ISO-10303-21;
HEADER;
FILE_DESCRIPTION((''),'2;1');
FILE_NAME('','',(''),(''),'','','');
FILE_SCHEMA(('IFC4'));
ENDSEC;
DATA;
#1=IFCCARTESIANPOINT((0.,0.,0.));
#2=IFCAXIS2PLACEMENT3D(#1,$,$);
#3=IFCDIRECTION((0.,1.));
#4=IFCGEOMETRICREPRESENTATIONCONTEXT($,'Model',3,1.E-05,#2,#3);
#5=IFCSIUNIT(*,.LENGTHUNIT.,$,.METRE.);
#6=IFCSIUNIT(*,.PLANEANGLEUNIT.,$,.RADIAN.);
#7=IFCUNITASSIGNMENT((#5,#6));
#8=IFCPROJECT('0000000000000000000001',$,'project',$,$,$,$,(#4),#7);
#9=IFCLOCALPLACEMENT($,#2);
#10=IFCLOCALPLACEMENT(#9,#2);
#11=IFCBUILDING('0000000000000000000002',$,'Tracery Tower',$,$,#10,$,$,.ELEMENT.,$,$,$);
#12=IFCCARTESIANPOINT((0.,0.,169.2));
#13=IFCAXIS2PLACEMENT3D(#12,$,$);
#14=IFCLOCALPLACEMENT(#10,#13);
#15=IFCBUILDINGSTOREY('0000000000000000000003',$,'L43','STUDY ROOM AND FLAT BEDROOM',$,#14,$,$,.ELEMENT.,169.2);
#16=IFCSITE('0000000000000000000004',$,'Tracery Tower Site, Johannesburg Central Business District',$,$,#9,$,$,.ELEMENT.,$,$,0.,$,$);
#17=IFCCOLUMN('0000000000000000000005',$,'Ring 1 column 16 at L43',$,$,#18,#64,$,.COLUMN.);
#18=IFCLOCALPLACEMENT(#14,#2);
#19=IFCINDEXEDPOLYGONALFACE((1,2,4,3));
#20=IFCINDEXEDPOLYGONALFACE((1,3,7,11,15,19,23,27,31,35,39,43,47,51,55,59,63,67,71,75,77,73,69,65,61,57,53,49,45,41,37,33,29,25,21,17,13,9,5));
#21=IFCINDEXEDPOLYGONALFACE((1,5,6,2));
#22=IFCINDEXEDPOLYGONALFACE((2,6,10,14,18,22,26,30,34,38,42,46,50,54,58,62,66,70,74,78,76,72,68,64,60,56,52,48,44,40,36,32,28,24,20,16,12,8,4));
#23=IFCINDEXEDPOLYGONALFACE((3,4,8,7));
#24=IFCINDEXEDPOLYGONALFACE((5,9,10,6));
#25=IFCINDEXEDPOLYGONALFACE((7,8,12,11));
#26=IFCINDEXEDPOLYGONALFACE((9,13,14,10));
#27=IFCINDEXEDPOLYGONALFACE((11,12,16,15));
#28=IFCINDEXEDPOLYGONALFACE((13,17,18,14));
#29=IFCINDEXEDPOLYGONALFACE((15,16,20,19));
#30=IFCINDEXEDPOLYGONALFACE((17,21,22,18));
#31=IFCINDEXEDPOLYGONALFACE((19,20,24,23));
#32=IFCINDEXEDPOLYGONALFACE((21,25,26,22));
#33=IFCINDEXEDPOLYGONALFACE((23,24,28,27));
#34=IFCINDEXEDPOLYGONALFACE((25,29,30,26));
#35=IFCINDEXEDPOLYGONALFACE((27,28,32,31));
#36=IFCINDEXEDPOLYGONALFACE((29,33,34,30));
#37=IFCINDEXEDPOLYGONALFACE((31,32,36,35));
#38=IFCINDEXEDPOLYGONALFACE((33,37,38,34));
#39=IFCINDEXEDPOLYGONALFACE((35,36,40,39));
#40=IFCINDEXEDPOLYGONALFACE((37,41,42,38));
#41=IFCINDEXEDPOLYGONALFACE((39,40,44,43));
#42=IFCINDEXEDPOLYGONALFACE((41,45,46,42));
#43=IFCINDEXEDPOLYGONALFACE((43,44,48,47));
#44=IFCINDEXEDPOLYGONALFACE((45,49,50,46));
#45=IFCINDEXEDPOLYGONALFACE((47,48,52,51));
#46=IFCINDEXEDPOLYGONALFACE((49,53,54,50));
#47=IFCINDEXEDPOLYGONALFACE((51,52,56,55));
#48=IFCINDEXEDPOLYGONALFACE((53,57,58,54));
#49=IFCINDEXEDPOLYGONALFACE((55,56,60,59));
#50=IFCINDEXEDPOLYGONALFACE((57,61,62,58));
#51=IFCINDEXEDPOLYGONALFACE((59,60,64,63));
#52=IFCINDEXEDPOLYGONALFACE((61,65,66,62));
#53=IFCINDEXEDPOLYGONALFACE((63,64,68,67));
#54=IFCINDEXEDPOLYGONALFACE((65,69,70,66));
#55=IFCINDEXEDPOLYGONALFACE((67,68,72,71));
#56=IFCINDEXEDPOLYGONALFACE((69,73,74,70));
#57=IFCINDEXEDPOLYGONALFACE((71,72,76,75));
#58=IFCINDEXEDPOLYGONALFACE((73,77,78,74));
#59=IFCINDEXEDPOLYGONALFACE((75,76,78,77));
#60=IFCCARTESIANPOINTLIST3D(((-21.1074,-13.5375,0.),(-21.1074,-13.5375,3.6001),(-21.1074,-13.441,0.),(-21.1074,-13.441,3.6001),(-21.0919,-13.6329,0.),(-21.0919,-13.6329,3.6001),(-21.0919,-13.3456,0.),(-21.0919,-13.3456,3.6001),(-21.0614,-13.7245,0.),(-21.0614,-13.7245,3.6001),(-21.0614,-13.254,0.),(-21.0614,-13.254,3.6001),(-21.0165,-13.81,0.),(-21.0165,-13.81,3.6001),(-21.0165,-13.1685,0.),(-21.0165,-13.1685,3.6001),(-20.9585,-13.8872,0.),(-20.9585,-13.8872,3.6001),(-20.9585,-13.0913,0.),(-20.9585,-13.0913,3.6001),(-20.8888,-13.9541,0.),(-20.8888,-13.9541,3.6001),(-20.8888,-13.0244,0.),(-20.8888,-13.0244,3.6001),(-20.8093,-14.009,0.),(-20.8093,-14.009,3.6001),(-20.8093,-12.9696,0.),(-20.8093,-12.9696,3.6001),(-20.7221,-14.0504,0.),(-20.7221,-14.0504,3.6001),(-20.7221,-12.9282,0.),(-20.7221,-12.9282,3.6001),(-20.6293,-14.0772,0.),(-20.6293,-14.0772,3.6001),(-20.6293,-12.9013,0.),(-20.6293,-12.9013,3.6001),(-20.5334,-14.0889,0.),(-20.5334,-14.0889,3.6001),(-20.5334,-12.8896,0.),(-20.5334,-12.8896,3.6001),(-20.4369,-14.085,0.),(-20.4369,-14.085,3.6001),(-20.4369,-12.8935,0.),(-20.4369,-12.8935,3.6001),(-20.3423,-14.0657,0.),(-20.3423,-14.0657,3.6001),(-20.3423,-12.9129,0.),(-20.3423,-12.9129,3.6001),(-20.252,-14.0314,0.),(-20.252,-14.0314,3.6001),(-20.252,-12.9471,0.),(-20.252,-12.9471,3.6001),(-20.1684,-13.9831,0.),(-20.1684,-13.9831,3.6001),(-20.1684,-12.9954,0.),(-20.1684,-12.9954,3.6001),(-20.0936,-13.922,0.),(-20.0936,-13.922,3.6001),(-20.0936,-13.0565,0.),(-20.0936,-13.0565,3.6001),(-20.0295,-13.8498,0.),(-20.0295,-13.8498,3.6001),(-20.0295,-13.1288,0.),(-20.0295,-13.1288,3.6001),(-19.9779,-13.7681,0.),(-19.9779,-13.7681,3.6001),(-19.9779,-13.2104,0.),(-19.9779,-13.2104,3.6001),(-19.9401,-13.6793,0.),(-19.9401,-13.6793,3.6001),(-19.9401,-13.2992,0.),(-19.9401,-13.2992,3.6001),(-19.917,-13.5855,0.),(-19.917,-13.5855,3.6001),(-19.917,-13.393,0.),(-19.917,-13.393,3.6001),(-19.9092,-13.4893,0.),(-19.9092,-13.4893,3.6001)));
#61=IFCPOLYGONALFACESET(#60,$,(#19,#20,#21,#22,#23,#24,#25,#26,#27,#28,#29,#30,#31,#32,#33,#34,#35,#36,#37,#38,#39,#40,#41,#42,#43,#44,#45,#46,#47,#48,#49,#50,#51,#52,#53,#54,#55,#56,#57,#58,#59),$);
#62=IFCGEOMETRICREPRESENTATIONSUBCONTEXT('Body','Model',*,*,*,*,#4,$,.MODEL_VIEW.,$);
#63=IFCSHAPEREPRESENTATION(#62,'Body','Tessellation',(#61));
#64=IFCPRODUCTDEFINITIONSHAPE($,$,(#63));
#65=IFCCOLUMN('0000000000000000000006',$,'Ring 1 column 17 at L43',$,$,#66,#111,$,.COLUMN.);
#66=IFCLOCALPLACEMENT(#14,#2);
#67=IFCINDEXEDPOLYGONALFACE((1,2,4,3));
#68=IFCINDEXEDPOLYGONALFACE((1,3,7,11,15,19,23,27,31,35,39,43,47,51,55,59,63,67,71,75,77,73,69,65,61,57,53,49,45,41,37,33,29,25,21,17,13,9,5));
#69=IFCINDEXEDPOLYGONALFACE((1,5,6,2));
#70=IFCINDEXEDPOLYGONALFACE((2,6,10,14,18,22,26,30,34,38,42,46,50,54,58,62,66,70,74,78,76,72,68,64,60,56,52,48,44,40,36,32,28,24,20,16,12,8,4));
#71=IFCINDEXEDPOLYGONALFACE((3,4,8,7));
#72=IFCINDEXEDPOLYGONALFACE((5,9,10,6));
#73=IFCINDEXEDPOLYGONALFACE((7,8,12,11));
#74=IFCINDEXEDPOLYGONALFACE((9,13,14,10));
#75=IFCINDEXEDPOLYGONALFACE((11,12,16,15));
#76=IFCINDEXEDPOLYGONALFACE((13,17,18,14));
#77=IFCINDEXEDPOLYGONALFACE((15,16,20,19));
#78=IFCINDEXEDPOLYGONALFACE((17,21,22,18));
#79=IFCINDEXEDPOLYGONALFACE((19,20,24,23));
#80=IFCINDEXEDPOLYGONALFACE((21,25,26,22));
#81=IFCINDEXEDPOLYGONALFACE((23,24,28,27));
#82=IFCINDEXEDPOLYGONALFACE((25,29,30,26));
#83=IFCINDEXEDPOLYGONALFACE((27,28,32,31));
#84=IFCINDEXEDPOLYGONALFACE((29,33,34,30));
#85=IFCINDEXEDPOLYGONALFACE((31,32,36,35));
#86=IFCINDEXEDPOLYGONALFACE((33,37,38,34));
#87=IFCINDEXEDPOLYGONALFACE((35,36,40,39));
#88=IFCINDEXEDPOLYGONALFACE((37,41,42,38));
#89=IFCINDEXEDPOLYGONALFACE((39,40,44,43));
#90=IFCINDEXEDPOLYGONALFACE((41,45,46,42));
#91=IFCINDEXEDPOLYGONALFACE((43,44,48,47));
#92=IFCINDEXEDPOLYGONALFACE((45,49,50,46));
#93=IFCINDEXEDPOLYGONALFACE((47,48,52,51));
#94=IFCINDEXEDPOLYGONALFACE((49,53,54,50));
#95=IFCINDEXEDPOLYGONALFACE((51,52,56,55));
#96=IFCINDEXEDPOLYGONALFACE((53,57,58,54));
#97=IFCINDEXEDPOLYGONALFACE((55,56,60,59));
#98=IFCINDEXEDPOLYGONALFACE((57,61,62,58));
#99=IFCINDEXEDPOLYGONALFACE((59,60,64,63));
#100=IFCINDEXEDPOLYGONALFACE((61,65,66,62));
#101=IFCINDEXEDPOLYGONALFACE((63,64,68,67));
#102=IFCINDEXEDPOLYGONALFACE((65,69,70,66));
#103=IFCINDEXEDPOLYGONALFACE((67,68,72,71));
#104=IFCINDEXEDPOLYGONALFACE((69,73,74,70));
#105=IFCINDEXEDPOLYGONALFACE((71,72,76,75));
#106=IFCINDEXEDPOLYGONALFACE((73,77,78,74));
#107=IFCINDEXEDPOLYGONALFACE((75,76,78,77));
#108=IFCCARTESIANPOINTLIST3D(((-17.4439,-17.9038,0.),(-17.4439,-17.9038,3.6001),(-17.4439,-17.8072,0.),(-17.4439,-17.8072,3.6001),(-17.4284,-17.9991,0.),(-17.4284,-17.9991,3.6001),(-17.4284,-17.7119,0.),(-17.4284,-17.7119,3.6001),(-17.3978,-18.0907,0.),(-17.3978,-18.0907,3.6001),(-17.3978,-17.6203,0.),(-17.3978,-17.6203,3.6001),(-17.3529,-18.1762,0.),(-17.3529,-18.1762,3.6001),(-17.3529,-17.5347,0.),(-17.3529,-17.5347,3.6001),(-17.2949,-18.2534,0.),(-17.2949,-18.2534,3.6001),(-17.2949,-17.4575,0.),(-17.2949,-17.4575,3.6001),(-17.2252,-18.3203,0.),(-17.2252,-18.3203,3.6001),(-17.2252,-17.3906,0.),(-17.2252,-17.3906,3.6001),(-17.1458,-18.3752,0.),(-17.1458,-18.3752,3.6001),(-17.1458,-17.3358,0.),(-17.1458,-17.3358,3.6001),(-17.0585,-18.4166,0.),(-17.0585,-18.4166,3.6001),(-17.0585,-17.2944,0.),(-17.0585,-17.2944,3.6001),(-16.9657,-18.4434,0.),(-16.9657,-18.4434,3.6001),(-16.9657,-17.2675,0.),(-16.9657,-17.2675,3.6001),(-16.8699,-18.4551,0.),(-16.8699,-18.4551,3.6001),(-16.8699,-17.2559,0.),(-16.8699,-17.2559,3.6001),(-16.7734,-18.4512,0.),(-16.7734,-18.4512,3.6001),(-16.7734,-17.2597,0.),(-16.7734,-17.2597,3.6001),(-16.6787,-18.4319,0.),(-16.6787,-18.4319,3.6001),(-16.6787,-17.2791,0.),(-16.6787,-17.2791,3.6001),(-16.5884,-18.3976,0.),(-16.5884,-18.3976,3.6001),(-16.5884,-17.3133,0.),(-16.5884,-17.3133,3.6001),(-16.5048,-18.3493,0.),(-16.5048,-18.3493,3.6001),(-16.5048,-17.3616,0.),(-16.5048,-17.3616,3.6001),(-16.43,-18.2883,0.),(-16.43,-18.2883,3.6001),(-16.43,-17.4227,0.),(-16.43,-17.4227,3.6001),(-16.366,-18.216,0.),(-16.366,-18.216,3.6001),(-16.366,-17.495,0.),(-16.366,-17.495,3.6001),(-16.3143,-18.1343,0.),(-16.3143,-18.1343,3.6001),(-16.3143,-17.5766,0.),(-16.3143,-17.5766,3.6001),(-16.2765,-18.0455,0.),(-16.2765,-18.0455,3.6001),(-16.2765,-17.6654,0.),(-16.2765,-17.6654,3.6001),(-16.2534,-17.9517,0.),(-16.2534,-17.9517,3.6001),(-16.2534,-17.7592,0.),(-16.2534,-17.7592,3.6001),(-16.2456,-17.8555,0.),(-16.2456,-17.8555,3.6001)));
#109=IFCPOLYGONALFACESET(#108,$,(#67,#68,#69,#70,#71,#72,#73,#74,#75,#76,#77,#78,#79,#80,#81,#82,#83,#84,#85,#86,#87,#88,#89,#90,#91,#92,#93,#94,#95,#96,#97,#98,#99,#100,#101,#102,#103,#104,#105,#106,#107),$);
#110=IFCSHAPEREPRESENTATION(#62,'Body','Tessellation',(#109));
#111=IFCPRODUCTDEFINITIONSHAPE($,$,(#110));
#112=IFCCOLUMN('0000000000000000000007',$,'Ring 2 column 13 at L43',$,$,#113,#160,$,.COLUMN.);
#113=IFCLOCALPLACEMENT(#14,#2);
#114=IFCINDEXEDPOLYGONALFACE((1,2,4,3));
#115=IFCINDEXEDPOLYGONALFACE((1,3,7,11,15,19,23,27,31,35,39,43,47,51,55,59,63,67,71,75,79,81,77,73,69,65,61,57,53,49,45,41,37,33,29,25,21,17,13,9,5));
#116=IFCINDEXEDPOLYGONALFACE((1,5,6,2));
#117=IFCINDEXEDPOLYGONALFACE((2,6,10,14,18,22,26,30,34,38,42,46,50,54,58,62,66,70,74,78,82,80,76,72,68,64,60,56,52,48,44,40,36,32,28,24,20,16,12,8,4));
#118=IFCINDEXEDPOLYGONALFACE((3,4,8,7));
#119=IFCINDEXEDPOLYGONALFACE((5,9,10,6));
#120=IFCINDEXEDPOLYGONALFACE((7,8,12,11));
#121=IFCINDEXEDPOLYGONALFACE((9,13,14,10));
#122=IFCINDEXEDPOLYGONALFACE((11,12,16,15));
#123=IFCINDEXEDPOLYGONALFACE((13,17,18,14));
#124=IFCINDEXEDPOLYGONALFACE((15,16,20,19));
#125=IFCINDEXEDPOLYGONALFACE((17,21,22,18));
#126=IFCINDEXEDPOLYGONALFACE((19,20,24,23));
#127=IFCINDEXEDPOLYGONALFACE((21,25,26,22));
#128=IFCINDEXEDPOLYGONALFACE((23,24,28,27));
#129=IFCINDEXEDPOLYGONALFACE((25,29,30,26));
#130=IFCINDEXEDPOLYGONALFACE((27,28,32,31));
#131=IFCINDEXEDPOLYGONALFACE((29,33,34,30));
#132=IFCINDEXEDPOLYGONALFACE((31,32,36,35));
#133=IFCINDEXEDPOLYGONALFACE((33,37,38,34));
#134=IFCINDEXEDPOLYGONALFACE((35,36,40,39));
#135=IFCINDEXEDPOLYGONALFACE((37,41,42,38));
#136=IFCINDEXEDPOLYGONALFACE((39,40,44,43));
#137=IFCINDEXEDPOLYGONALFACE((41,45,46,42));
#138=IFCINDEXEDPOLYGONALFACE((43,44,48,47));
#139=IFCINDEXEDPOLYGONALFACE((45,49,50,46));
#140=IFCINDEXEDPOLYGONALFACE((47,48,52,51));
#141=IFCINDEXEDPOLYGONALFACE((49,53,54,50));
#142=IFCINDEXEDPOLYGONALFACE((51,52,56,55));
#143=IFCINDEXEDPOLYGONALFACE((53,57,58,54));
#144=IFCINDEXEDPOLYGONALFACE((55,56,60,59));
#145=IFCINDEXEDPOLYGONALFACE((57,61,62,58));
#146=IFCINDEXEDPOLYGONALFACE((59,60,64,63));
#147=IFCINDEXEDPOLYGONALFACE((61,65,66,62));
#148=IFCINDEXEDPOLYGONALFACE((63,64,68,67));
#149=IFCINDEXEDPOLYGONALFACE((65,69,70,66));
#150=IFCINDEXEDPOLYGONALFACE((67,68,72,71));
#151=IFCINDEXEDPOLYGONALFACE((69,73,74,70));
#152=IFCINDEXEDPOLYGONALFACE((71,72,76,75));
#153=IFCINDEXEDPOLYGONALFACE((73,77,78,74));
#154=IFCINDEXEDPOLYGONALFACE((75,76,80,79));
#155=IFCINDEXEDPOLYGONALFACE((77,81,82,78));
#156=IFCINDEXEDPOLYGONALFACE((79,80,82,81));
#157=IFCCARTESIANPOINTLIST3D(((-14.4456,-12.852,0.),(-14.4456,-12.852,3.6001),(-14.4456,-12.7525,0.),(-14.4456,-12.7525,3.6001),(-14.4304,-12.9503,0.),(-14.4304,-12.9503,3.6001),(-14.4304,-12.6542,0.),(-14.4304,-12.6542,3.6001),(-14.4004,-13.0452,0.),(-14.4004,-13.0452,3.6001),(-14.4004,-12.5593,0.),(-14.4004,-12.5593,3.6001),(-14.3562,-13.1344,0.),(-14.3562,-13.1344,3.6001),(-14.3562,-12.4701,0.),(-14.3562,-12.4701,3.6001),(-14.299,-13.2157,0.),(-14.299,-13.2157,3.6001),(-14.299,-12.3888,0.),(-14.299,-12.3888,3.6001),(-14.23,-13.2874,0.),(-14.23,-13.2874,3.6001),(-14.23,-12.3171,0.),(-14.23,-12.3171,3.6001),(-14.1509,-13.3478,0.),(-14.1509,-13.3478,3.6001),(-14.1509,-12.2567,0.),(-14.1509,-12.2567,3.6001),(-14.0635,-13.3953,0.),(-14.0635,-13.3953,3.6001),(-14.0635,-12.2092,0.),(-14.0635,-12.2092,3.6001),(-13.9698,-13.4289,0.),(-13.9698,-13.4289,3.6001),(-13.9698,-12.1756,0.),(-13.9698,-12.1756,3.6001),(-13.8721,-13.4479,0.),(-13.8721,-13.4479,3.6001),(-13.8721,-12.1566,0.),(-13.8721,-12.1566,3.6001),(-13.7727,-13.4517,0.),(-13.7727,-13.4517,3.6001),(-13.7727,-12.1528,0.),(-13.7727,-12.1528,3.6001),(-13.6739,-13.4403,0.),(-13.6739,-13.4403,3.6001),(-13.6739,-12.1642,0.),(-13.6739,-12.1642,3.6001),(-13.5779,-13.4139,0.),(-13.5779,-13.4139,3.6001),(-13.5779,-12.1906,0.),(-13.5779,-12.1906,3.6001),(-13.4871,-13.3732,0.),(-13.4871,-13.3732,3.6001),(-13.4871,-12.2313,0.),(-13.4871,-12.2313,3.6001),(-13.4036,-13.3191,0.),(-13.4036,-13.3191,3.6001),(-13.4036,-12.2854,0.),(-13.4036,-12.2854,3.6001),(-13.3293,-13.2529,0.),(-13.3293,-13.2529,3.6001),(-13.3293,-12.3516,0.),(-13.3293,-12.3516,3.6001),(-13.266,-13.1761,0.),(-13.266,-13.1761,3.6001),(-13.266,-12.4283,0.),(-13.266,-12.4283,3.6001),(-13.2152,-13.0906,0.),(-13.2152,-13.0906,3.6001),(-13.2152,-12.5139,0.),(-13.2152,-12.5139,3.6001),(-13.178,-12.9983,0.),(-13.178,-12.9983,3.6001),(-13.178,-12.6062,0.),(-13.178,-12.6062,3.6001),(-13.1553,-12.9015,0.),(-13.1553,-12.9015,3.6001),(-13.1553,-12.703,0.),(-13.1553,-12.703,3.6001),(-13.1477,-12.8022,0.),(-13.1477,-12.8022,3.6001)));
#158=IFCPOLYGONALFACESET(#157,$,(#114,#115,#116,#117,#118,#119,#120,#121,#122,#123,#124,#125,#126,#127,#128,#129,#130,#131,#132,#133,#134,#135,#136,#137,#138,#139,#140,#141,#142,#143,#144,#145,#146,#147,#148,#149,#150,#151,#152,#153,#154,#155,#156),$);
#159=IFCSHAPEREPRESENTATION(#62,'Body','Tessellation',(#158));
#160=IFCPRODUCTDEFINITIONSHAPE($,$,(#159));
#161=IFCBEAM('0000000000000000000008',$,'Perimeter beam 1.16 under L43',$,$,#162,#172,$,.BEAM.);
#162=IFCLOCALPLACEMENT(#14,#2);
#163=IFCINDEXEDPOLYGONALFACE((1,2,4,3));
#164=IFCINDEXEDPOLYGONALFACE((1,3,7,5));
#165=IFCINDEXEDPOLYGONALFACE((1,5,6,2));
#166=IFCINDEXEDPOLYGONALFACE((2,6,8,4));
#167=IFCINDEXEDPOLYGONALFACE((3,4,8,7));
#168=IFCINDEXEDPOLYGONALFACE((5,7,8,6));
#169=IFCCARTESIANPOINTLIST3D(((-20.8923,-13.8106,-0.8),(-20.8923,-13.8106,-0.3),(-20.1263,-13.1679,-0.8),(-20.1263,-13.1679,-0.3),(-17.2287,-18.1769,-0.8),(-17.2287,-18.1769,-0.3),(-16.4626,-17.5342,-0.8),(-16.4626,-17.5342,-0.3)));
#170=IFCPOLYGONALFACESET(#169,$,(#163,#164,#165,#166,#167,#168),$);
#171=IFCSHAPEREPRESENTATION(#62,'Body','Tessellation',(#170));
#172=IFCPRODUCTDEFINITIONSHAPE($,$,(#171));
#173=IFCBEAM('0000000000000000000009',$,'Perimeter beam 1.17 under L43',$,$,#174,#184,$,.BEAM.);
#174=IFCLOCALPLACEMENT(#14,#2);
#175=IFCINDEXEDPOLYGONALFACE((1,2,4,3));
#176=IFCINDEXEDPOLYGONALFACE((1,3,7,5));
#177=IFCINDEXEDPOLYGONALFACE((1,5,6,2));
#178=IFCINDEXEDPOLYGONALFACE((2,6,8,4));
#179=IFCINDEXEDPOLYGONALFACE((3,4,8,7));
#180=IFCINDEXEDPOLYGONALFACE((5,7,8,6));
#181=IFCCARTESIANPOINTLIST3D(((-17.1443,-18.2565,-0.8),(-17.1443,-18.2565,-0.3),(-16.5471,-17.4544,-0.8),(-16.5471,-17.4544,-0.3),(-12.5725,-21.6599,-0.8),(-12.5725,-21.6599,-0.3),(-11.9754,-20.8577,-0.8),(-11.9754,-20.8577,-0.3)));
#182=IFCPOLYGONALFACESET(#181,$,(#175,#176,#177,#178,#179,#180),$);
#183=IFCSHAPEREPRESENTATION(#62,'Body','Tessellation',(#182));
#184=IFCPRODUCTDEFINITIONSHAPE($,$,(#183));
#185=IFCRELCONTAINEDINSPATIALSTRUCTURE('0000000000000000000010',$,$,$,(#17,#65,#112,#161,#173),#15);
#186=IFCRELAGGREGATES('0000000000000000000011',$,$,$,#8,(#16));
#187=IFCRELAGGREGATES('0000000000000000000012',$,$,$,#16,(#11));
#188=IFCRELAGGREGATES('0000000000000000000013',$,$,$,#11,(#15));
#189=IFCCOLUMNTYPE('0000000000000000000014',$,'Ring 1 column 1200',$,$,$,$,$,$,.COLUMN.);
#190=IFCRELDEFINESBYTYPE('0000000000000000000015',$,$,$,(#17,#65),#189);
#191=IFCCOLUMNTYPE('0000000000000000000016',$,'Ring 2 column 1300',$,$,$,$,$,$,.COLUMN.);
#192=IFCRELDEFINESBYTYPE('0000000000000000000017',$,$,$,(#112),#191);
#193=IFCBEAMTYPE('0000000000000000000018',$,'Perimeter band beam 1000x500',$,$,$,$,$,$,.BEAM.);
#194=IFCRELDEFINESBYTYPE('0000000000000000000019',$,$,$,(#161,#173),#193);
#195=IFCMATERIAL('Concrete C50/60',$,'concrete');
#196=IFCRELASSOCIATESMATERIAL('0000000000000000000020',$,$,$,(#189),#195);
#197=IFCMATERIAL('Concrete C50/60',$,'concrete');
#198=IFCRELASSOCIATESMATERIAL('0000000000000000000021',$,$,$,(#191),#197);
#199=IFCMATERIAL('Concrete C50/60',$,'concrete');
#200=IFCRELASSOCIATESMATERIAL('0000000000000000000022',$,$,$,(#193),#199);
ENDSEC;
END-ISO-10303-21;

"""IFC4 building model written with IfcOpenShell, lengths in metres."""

from ifc_helpers import new_model, si_unit, direction, frame, origin, origin_2d, place, context, subcontext, project, spatial, rectangle, circle, extrude, material, material_profile, profile_set, type_object, element, save


model = new_model("IFC4")

# Units and contexts
model_context = context("Model", 3, precision=1e-05, world=origin(), true_north=direction((0.0, 1.0)))
body_context = subcontext(model_context, "Body", "Model", "MODEL_VIEW")
ifc_project = project(units=[si_unit("LENGTHUNIT", "METRE"), si_unit("PLANEANGLEUNIT", "RADIAN")], contexts=[model_context])

# Site, building, storey
site_placement = place(None, origin())
site = spatial("IfcSite", under=ifc_project, at=site_placement, Name="Tracery Tower Site, Johannesburg Central Business District", CompositionType="ELEMENT", RefElevation=0.0)
building_placement = place(site_placement, origin())
building = spatial("IfcBuilding", under=site, at=building_placement, Name="Tracery Tower", CompositionType="ELEMENT")
storey_placement = place(building_placement, frame((0.0, 0.0, 169.2)))
storey = spatial("IfcBuildingStorey", under=building, at=storey_placement, Name="L43", Description="STUDY ROOM AND FLAT BEDROOM", CompositionType="ELEMENT", Elevation=169.2)

# Columns
ifc_material_1 = material(Name="Concrete C50/60", Category="concrete")
ifc_material_profile_1 = material_profile(ifc_material_1, circle(Radius=0.6001, at=origin_2d()), Name="RC D1200")
ifc_profile_set_1 = profile_set([ifc_material_profile_1], Name="Concrete C50/60")
column_type_1 = type_object("IfcColumnType", Name="Ring 1 column 1200", PredefinedType="COLUMN", material=ifc_profile_set_1)
for number, where, z_axis, x_axis, name in (
    (1, (-20.5093, -13.4893, 0.0), (0.0, 0.0, 1.0), (1.0, 0.0, 0.0), "Ring 1 column 16 at L43"),
    (2, (-16.8457, -17.8555, 0.0), (0.0, 0.0, 1.0), (1.0, 0.0, 0.0), "Ring 1 column 17 at L43"),
):
    element("IfcColumn", number, at=place(storey_placement, frame(where, z_axis=z_axis, x_axis=x_axis)), inside=storey, type_object=column_type_1, Name=name, PredefinedType="COLUMN", context=body_context, shape_type="SweptSolid", body=[
        extrude(circle(Radius=0.6001, at=origin_2d()), origin(), (0.0, 0.0, 1.0), 3.6001),
    ])
ifc_material_2 = material(Name="Concrete C50/60", Category="concrete")
ifc_material_profile_2 = material_profile(ifc_material_2, circle(Radius=0.6499, at=origin_2d()), Name="RC D1300")
ifc_profile_set_2 = profile_set([ifc_material_profile_2], Name="Concrete C50/60")
column_type_2 = type_object("IfcColumnType", Name="Ring 2 column 1300", PredefinedType="COLUMN", material=ifc_profile_set_2)
column_placement = place(storey_placement, frame((-13.7976, -12.8022, 0.0), z_axis=(0.0, 0.0, 1.0), x_axis=(1.0, 0.0, 0.0)))
element("IfcColumn", 3, at=column_placement, inside=storey, type_object=column_type_2, Name="Ring 2 column 13 at L43", PredefinedType="COLUMN", context=body_context, shape_type="SweptSolid", body=[
    extrude(circle(Radius=0.6499, at=origin_2d()), origin(), (0.0, 0.0, 1.0), 3.6001),
])

# Beams
ifc_material_3 = material(Name="Concrete C50/60", Category="concrete")
ifc_material_profile_3 = material_profile(ifc_material_3, rectangle(XDim=1.0, YDim=0.5, at=origin_2d()), Name="RC 1000x500")
ifc_profile_set_3 = profile_set([ifc_material_profile_3], Name="Concrete C50/60")
beam_type = type_object("IfcBeamType", Name="Perimeter band beam 1000x500", PredefinedType="BEAM", material=ifc_profile_set_3)
beam_1_placement = place(storey_placement, frame((-20.5093, -13.4893, -0.55), z_axis=(0.642776, -0.766054, 0.0), x_axis=(0.766054, 0.642776, 0.0)))
element("IfcBeam", 4, at=beam_1_placement, inside=storey, type_object=beam_type, Name="Perimeter beam 1.16 under L43", PredefinedType="BEAM", context=body_context, shape_type="SweptSolid", body=[
    extrude(rectangle(XDim=1.0, YDim=0.5, at=origin_2d()), origin(), (0.0, 0.0, 1.0), 5.6997),
])
beam_2_placement = place(storey_placement, frame((-16.8457, -17.8555, -0.55), z_axis=(0.802144, -0.597131, 0.0), x_axis=(0.597131, 0.802144, 0.0)))
element("IfcBeam", 5, at=beam_2_placement, inside=storey, type_object=beam_type, Name="Perimeter beam 1.17 under L43", PredefinedType="BEAM", context=body_context, shape_type="SweptSolid", body=[
    extrude(rectangle(XDim=1.0, YDim=0.5, at=origin_2d()), origin(), (0.0, 0.0, 1.0), 5.6995),
])

save(model, "model.ifc")
